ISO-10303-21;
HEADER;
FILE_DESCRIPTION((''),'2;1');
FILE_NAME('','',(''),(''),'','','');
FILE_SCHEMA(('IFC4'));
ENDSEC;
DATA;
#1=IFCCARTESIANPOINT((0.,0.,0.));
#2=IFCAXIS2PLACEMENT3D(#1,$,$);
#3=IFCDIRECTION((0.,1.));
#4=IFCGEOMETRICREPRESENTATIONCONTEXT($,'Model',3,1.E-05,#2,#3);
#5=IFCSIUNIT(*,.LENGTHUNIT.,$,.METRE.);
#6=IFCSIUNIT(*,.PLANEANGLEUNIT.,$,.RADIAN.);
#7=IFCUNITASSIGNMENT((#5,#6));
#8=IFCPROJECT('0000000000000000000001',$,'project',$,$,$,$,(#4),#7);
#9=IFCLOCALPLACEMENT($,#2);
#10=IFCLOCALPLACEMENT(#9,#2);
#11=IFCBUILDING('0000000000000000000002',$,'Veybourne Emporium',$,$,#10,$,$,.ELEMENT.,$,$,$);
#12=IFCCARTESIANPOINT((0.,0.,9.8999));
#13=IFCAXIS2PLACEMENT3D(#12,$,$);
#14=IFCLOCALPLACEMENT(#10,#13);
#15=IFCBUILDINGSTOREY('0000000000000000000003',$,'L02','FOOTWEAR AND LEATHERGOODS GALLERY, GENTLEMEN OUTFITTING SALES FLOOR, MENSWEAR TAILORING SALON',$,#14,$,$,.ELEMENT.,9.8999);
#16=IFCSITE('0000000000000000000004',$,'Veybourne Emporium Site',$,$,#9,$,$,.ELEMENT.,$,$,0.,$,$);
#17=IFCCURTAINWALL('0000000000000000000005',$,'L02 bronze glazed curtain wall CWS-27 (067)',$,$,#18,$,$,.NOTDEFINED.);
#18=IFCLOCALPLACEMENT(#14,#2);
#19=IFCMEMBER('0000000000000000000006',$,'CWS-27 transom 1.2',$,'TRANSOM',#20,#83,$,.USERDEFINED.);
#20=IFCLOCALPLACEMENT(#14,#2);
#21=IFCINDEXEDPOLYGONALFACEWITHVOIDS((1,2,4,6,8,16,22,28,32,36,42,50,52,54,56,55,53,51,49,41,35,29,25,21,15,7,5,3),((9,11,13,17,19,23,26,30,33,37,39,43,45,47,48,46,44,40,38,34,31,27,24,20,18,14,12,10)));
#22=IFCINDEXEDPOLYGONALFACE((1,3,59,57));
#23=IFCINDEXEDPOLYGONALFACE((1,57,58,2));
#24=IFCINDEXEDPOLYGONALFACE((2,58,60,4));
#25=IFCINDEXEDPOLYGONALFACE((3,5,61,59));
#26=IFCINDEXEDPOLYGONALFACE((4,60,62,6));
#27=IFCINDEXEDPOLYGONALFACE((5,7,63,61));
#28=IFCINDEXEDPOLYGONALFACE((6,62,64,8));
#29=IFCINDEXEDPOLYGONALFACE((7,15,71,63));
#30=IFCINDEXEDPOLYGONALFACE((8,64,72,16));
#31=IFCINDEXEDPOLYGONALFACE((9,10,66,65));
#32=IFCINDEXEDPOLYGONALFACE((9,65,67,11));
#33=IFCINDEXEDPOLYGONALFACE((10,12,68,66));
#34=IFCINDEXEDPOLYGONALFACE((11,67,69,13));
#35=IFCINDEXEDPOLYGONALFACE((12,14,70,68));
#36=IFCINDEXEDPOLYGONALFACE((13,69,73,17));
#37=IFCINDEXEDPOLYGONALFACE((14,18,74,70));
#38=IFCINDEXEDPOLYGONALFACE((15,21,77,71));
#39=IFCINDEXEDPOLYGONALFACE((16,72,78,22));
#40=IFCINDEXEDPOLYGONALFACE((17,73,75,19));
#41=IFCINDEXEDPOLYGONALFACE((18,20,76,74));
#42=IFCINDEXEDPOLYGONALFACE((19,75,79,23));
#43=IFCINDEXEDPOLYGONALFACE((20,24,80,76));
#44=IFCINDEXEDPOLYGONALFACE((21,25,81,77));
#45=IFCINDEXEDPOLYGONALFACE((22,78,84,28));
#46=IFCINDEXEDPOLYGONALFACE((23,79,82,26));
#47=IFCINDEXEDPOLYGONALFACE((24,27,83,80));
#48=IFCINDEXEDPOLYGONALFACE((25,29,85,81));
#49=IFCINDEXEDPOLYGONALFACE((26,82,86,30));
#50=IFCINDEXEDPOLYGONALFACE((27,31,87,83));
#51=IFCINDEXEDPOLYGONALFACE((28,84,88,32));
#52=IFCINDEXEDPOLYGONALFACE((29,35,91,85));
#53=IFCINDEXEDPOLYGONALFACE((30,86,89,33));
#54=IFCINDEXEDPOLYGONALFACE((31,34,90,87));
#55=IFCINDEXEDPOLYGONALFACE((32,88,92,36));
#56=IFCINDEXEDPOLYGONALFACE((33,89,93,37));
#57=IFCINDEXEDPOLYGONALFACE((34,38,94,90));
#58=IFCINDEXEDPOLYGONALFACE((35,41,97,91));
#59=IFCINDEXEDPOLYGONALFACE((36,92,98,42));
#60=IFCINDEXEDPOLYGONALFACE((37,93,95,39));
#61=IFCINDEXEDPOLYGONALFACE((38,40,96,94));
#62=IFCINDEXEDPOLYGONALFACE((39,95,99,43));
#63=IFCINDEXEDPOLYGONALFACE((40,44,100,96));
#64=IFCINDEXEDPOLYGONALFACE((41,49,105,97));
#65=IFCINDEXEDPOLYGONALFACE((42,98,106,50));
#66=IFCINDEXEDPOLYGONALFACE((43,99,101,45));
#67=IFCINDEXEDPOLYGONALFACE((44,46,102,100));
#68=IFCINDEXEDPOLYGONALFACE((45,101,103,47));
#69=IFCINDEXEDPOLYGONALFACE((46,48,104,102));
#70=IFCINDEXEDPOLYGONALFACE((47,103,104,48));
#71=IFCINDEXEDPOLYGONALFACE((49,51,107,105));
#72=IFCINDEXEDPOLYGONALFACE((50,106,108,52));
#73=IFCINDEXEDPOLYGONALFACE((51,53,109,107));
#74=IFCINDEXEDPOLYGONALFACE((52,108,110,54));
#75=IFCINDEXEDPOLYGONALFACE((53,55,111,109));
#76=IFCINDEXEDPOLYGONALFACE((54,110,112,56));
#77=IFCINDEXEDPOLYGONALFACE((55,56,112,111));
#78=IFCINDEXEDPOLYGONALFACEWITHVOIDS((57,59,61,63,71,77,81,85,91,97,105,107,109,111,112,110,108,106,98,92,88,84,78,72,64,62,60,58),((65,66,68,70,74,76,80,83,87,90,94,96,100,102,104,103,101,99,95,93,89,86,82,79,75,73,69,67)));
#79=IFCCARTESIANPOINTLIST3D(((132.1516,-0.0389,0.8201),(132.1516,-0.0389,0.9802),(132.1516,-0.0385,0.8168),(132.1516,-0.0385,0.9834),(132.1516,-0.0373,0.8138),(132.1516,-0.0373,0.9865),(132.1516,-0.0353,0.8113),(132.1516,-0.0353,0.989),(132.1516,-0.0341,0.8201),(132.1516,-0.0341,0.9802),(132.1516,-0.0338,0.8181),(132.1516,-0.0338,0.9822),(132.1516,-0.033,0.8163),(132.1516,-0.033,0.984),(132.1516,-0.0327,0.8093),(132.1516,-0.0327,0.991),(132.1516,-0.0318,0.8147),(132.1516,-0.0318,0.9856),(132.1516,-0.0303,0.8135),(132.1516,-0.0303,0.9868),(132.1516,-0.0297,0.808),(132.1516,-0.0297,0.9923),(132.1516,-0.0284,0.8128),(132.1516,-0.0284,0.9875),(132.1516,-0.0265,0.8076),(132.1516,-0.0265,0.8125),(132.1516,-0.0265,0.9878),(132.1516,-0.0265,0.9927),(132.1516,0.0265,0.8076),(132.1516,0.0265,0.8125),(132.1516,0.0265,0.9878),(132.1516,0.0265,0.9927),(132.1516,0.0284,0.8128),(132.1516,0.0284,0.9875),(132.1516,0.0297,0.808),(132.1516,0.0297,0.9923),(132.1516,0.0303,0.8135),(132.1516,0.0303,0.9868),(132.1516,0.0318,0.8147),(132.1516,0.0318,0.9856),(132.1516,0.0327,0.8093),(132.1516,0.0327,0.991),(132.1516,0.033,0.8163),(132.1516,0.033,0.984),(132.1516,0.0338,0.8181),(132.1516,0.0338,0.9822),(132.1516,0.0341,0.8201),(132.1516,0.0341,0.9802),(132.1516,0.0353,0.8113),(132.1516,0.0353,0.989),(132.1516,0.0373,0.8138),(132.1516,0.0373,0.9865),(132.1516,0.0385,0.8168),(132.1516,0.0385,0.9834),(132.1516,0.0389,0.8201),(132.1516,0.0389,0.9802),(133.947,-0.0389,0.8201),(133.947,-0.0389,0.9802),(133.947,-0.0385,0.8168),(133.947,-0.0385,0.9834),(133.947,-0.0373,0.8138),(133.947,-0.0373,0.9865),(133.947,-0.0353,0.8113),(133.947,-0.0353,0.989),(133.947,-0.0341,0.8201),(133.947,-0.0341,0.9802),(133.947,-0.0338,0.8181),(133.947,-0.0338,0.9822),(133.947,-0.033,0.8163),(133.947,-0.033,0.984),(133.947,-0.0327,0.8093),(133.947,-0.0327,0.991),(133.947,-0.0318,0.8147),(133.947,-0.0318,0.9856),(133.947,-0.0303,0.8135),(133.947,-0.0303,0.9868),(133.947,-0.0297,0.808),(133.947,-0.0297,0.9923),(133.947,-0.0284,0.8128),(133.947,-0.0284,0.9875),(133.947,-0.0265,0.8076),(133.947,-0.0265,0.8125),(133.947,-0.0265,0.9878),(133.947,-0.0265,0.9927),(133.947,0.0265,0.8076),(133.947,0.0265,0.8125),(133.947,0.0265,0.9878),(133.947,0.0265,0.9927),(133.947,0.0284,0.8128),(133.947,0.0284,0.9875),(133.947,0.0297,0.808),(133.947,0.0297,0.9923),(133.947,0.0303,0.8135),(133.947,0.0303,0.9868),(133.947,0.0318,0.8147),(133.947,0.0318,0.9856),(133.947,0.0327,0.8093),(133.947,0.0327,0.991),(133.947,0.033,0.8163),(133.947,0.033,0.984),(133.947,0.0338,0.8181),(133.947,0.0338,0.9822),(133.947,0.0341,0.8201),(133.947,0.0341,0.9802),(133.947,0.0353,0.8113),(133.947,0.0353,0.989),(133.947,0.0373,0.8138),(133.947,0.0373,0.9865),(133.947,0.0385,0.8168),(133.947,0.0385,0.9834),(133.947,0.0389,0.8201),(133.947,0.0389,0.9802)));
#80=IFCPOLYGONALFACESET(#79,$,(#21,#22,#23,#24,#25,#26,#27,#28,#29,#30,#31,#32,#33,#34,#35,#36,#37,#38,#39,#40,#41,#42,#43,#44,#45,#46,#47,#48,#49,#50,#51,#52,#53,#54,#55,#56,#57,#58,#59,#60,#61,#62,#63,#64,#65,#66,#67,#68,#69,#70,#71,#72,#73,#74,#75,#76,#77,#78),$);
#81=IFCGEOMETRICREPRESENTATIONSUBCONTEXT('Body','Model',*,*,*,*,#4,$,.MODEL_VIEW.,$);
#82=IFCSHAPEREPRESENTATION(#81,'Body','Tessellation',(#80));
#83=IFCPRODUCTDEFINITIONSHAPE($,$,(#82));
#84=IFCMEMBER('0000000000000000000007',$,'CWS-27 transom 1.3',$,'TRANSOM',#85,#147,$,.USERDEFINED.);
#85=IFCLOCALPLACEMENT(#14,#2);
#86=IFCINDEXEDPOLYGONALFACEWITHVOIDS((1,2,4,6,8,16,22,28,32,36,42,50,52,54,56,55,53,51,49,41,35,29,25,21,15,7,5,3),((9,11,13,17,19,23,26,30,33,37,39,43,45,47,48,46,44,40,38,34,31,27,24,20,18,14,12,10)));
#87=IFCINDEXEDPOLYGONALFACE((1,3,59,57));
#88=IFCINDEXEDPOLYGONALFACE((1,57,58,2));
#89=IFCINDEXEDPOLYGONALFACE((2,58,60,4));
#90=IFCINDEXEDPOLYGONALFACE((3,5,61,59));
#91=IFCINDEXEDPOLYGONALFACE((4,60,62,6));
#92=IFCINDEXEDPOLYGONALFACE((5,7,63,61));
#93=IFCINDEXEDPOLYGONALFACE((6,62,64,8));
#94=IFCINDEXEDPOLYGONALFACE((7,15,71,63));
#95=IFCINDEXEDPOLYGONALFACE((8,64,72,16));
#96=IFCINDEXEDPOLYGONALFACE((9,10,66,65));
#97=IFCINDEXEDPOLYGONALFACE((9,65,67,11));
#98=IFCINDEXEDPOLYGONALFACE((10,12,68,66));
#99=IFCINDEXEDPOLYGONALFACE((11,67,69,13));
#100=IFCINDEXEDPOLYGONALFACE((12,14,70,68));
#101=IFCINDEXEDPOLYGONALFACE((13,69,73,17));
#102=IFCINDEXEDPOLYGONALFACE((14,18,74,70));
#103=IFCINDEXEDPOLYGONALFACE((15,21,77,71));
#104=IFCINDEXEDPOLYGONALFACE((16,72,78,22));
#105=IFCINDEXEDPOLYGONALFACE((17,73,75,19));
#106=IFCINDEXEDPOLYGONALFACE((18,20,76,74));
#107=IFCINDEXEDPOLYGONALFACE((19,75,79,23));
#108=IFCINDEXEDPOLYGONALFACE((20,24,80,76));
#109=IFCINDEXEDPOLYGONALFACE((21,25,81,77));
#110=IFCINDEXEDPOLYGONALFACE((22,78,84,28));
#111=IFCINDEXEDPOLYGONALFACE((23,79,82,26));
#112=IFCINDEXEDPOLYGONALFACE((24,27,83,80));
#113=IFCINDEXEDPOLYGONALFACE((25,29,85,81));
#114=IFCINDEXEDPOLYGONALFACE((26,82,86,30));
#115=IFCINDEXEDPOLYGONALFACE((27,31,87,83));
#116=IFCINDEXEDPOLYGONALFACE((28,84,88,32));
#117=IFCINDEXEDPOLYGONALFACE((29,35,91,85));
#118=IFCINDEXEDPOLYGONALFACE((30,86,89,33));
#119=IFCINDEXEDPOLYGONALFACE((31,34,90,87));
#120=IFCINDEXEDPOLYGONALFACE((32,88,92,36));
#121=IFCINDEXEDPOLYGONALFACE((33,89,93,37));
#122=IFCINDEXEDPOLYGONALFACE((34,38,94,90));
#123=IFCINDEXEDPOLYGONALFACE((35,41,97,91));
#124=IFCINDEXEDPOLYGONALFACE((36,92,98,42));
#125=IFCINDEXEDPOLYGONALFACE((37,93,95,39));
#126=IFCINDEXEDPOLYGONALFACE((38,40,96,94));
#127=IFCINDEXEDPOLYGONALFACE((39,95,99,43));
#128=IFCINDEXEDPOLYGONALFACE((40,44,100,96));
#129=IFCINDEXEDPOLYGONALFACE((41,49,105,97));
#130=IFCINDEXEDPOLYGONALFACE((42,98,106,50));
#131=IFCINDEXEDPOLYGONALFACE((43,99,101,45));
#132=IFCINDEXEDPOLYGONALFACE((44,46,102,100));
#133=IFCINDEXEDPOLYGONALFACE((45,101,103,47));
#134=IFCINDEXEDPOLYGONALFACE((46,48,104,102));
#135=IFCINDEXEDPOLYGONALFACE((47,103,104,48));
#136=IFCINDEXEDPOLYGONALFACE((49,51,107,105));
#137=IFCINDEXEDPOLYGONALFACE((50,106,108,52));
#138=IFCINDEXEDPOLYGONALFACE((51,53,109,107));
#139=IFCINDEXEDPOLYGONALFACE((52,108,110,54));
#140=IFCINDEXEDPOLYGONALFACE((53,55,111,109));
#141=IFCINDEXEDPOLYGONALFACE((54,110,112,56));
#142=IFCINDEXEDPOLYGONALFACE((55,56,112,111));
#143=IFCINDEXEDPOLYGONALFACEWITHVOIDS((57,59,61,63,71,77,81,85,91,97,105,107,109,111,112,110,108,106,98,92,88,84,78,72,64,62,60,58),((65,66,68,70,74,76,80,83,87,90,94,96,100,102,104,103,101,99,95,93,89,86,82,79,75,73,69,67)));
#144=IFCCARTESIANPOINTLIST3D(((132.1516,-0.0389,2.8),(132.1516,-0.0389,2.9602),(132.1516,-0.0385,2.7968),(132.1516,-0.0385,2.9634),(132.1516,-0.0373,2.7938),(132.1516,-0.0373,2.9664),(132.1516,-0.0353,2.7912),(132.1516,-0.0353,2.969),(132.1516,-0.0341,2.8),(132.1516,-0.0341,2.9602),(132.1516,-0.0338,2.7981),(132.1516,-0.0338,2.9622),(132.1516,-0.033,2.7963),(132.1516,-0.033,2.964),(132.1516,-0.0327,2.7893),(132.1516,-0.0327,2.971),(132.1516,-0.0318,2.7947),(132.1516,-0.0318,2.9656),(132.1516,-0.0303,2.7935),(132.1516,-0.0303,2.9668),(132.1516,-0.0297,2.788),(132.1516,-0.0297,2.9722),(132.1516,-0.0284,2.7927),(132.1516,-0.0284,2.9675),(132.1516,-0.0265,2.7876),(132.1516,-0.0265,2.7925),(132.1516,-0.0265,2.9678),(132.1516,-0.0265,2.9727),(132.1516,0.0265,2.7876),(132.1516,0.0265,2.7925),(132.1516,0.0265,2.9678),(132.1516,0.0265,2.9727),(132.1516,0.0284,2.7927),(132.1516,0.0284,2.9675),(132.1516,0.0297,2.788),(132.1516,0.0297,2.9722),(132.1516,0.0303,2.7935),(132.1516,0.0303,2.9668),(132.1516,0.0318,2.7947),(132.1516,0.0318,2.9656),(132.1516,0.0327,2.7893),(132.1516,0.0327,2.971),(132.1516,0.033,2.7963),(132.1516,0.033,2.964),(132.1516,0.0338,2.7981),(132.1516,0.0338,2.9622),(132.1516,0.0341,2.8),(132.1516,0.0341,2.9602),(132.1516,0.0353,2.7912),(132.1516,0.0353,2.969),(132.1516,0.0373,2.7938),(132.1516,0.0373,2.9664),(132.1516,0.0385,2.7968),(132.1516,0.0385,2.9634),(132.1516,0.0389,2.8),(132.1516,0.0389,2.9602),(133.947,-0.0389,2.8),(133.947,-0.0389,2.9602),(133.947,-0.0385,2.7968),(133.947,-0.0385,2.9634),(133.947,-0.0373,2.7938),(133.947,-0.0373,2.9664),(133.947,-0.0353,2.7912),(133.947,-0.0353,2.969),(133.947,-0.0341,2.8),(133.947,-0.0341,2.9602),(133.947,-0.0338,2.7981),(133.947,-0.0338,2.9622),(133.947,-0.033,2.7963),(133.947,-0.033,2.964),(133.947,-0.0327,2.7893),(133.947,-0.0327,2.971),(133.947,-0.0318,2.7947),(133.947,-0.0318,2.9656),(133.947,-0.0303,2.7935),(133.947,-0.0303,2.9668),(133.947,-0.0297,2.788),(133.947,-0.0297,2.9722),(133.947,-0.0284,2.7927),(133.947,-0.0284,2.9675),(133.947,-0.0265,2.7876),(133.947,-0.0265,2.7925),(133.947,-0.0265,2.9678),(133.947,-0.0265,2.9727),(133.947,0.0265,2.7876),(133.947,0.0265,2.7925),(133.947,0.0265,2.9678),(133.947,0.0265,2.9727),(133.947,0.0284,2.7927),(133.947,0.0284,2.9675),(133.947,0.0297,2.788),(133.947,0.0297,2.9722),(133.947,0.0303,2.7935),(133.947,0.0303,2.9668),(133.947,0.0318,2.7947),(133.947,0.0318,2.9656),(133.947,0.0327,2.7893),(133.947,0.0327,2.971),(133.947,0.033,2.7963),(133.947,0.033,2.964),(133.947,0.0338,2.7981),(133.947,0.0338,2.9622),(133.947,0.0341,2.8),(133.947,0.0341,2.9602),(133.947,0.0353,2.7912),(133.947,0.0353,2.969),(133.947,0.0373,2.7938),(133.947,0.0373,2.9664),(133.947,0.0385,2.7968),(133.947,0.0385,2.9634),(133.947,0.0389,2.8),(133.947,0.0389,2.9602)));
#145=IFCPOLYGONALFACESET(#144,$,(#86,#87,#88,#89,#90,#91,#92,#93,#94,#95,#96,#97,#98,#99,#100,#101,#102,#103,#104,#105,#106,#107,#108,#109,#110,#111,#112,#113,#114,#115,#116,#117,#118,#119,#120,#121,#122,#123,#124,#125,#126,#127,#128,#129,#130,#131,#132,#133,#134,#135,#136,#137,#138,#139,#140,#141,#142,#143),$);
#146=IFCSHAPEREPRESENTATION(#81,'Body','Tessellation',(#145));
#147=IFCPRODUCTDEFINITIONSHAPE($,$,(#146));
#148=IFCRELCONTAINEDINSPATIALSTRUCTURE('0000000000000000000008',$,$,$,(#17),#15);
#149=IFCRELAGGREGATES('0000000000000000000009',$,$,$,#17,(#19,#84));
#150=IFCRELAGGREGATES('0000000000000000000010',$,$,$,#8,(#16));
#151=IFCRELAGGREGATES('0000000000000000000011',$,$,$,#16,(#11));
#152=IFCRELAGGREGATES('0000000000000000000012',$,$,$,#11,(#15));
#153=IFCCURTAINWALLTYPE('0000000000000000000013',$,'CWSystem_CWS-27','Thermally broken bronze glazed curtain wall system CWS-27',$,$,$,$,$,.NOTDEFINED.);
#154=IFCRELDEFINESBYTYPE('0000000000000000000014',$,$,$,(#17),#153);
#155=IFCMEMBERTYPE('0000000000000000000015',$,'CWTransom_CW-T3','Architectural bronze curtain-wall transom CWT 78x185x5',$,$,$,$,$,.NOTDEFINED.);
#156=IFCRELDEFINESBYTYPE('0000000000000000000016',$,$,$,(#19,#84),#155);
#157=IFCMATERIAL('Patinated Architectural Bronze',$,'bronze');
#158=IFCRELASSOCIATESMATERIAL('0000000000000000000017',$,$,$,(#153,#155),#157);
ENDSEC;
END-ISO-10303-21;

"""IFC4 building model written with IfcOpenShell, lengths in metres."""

from ifc_helpers import new_model, si_unit, direction, frame, origin, origin_2d, place, context, subcontext, project, spatial, hollow_rectangle, extrude, material, material_profile, profile_set, type_object, element, aggregate, save


model = new_model("IFC4")

# Units and contexts
model_context = context("Model", 3, precision=1e-05, world=origin(), true_north=direction((0.0, 1.0)))
body_context = subcontext(model_context, "Body", "Model", "MODEL_VIEW")
ifc_project = project(units=[si_unit("LENGTHUNIT", "METRE"), si_unit("PLANEANGLEUNIT", "RADIAN")], contexts=[model_context])

# Site, building, storey
site_placement = place(None, origin())
site = spatial("IfcSite", under=ifc_project, at=site_placement, Name="Veybourne Emporium Site", CompositionType="ELEMENT", RefElevation=0.0)
building_placement = place(site_placement, origin())
building = spatial("IfcBuilding", under=site, at=building_placement, Name="Veybourne Emporium", CompositionType="ELEMENT")
storey_placement = place(building_placement, frame((0.0, 0.0, 9.8999)))
storey = spatial("IfcBuildingStorey", under=building, at=storey_placement, Name="L02", Description="FOOTWEAR AND LEATHERGOODS GALLERY, GENTLEMEN OUTFITTING SALES FLOOR, MENSWEAR TAILORING SALON", CompositionType="ELEMENT", Elevation=9.8999)

# Shared definitions
ifc_material_1 = material(Name="Patinated Architectural Bronze", Category="bronze")

# Curtain wall
curtain_wall_type_1 = type_object("IfcCurtainWallType", Name="CWSystem_CWS-27", Description="Thermally broken bronze glazed curtain wall system CWS-27", PredefinedType="NOTDEFINED", material=ifc_material_1)
curtain_wall_1_placement = place(storey_placement, origin())
curtain_wall_1 = element("IfcCurtainWall", 1, at=curtain_wall_1_placement, inside=storey, type_object=curtain_wall_type_1, Name="L02 bronze glazed curtain wall CWS-27 (067)", PredefinedType="NOTDEFINED")

# Members
ifc_material_profile_1 = material_profile(ifc_material_1, hollow_rectangle(XDim=0.0779, YDim=0.1851, WallThickness=0.0049, InnerFilletRadius=0.0076, OuterFilletRadius=0.0125, at=origin_2d()), Name="CWT 78x185x5")
ifc_profile_set_1 = profile_set([ifc_material_profile_1], Name="Patinated Architectural Bronze")
member_type_1 = type_object("IfcMemberType", Name="CWTransom_CW-T3", Description="Architectural bronze curtain-wall transom CWT 78x185x5", PredefinedType="NOTDEFINED", material=ifc_profile_set_1)
member_1_placement = place(storey_placement, frame((133.947, 0.0, 0.9001), z_axis=(-1.0, 0.0, 0.0), x_axis=(0.0, -1.0, 0.0)))
member_1 = element("IfcMember", 2, at=member_1_placement, type_object=member_type_1, Name="CWS-27 transom 1.2", ObjectType="TRANSOM", PredefinedType="USERDEFINED", context=body_context, shape_type="SweptSolid", body=[
    extrude(hollow_rectangle(XDim=0.0779, YDim=0.1851, WallThickness=0.0049, InnerFilletRadius=0.0076, OuterFilletRadius=0.0125, at=origin_2d()), origin(), (0.0, 0.0, 1.0), 1.7954),
])
member_2_placement = place(storey_placement, frame((133.947, 0.0, 2.8801), z_axis=(-1.0, 0.0, 0.0), x_axis=(0.0, -1.0, 0.0)))
member_2 = element("IfcMember", 3, at=member_2_placement, type_object=member_type_1, Name="CWS-27 transom 1.3", ObjectType="TRANSOM", PredefinedType="USERDEFINED", context=body_context, shape_type="SweptSolid", body=[
    extrude(hollow_rectangle(XDim=0.0779, YDim=0.1851, WallThickness=0.0049, InnerFilletRadius=0.0076, OuterFilletRadius=0.0125, at=origin_2d()), origin(), (0.0, 0.0, 1.0), 1.7954),
])

aggregate(curtain_wall_1, [member_1, member_2])

save(model, "model.ifc")
